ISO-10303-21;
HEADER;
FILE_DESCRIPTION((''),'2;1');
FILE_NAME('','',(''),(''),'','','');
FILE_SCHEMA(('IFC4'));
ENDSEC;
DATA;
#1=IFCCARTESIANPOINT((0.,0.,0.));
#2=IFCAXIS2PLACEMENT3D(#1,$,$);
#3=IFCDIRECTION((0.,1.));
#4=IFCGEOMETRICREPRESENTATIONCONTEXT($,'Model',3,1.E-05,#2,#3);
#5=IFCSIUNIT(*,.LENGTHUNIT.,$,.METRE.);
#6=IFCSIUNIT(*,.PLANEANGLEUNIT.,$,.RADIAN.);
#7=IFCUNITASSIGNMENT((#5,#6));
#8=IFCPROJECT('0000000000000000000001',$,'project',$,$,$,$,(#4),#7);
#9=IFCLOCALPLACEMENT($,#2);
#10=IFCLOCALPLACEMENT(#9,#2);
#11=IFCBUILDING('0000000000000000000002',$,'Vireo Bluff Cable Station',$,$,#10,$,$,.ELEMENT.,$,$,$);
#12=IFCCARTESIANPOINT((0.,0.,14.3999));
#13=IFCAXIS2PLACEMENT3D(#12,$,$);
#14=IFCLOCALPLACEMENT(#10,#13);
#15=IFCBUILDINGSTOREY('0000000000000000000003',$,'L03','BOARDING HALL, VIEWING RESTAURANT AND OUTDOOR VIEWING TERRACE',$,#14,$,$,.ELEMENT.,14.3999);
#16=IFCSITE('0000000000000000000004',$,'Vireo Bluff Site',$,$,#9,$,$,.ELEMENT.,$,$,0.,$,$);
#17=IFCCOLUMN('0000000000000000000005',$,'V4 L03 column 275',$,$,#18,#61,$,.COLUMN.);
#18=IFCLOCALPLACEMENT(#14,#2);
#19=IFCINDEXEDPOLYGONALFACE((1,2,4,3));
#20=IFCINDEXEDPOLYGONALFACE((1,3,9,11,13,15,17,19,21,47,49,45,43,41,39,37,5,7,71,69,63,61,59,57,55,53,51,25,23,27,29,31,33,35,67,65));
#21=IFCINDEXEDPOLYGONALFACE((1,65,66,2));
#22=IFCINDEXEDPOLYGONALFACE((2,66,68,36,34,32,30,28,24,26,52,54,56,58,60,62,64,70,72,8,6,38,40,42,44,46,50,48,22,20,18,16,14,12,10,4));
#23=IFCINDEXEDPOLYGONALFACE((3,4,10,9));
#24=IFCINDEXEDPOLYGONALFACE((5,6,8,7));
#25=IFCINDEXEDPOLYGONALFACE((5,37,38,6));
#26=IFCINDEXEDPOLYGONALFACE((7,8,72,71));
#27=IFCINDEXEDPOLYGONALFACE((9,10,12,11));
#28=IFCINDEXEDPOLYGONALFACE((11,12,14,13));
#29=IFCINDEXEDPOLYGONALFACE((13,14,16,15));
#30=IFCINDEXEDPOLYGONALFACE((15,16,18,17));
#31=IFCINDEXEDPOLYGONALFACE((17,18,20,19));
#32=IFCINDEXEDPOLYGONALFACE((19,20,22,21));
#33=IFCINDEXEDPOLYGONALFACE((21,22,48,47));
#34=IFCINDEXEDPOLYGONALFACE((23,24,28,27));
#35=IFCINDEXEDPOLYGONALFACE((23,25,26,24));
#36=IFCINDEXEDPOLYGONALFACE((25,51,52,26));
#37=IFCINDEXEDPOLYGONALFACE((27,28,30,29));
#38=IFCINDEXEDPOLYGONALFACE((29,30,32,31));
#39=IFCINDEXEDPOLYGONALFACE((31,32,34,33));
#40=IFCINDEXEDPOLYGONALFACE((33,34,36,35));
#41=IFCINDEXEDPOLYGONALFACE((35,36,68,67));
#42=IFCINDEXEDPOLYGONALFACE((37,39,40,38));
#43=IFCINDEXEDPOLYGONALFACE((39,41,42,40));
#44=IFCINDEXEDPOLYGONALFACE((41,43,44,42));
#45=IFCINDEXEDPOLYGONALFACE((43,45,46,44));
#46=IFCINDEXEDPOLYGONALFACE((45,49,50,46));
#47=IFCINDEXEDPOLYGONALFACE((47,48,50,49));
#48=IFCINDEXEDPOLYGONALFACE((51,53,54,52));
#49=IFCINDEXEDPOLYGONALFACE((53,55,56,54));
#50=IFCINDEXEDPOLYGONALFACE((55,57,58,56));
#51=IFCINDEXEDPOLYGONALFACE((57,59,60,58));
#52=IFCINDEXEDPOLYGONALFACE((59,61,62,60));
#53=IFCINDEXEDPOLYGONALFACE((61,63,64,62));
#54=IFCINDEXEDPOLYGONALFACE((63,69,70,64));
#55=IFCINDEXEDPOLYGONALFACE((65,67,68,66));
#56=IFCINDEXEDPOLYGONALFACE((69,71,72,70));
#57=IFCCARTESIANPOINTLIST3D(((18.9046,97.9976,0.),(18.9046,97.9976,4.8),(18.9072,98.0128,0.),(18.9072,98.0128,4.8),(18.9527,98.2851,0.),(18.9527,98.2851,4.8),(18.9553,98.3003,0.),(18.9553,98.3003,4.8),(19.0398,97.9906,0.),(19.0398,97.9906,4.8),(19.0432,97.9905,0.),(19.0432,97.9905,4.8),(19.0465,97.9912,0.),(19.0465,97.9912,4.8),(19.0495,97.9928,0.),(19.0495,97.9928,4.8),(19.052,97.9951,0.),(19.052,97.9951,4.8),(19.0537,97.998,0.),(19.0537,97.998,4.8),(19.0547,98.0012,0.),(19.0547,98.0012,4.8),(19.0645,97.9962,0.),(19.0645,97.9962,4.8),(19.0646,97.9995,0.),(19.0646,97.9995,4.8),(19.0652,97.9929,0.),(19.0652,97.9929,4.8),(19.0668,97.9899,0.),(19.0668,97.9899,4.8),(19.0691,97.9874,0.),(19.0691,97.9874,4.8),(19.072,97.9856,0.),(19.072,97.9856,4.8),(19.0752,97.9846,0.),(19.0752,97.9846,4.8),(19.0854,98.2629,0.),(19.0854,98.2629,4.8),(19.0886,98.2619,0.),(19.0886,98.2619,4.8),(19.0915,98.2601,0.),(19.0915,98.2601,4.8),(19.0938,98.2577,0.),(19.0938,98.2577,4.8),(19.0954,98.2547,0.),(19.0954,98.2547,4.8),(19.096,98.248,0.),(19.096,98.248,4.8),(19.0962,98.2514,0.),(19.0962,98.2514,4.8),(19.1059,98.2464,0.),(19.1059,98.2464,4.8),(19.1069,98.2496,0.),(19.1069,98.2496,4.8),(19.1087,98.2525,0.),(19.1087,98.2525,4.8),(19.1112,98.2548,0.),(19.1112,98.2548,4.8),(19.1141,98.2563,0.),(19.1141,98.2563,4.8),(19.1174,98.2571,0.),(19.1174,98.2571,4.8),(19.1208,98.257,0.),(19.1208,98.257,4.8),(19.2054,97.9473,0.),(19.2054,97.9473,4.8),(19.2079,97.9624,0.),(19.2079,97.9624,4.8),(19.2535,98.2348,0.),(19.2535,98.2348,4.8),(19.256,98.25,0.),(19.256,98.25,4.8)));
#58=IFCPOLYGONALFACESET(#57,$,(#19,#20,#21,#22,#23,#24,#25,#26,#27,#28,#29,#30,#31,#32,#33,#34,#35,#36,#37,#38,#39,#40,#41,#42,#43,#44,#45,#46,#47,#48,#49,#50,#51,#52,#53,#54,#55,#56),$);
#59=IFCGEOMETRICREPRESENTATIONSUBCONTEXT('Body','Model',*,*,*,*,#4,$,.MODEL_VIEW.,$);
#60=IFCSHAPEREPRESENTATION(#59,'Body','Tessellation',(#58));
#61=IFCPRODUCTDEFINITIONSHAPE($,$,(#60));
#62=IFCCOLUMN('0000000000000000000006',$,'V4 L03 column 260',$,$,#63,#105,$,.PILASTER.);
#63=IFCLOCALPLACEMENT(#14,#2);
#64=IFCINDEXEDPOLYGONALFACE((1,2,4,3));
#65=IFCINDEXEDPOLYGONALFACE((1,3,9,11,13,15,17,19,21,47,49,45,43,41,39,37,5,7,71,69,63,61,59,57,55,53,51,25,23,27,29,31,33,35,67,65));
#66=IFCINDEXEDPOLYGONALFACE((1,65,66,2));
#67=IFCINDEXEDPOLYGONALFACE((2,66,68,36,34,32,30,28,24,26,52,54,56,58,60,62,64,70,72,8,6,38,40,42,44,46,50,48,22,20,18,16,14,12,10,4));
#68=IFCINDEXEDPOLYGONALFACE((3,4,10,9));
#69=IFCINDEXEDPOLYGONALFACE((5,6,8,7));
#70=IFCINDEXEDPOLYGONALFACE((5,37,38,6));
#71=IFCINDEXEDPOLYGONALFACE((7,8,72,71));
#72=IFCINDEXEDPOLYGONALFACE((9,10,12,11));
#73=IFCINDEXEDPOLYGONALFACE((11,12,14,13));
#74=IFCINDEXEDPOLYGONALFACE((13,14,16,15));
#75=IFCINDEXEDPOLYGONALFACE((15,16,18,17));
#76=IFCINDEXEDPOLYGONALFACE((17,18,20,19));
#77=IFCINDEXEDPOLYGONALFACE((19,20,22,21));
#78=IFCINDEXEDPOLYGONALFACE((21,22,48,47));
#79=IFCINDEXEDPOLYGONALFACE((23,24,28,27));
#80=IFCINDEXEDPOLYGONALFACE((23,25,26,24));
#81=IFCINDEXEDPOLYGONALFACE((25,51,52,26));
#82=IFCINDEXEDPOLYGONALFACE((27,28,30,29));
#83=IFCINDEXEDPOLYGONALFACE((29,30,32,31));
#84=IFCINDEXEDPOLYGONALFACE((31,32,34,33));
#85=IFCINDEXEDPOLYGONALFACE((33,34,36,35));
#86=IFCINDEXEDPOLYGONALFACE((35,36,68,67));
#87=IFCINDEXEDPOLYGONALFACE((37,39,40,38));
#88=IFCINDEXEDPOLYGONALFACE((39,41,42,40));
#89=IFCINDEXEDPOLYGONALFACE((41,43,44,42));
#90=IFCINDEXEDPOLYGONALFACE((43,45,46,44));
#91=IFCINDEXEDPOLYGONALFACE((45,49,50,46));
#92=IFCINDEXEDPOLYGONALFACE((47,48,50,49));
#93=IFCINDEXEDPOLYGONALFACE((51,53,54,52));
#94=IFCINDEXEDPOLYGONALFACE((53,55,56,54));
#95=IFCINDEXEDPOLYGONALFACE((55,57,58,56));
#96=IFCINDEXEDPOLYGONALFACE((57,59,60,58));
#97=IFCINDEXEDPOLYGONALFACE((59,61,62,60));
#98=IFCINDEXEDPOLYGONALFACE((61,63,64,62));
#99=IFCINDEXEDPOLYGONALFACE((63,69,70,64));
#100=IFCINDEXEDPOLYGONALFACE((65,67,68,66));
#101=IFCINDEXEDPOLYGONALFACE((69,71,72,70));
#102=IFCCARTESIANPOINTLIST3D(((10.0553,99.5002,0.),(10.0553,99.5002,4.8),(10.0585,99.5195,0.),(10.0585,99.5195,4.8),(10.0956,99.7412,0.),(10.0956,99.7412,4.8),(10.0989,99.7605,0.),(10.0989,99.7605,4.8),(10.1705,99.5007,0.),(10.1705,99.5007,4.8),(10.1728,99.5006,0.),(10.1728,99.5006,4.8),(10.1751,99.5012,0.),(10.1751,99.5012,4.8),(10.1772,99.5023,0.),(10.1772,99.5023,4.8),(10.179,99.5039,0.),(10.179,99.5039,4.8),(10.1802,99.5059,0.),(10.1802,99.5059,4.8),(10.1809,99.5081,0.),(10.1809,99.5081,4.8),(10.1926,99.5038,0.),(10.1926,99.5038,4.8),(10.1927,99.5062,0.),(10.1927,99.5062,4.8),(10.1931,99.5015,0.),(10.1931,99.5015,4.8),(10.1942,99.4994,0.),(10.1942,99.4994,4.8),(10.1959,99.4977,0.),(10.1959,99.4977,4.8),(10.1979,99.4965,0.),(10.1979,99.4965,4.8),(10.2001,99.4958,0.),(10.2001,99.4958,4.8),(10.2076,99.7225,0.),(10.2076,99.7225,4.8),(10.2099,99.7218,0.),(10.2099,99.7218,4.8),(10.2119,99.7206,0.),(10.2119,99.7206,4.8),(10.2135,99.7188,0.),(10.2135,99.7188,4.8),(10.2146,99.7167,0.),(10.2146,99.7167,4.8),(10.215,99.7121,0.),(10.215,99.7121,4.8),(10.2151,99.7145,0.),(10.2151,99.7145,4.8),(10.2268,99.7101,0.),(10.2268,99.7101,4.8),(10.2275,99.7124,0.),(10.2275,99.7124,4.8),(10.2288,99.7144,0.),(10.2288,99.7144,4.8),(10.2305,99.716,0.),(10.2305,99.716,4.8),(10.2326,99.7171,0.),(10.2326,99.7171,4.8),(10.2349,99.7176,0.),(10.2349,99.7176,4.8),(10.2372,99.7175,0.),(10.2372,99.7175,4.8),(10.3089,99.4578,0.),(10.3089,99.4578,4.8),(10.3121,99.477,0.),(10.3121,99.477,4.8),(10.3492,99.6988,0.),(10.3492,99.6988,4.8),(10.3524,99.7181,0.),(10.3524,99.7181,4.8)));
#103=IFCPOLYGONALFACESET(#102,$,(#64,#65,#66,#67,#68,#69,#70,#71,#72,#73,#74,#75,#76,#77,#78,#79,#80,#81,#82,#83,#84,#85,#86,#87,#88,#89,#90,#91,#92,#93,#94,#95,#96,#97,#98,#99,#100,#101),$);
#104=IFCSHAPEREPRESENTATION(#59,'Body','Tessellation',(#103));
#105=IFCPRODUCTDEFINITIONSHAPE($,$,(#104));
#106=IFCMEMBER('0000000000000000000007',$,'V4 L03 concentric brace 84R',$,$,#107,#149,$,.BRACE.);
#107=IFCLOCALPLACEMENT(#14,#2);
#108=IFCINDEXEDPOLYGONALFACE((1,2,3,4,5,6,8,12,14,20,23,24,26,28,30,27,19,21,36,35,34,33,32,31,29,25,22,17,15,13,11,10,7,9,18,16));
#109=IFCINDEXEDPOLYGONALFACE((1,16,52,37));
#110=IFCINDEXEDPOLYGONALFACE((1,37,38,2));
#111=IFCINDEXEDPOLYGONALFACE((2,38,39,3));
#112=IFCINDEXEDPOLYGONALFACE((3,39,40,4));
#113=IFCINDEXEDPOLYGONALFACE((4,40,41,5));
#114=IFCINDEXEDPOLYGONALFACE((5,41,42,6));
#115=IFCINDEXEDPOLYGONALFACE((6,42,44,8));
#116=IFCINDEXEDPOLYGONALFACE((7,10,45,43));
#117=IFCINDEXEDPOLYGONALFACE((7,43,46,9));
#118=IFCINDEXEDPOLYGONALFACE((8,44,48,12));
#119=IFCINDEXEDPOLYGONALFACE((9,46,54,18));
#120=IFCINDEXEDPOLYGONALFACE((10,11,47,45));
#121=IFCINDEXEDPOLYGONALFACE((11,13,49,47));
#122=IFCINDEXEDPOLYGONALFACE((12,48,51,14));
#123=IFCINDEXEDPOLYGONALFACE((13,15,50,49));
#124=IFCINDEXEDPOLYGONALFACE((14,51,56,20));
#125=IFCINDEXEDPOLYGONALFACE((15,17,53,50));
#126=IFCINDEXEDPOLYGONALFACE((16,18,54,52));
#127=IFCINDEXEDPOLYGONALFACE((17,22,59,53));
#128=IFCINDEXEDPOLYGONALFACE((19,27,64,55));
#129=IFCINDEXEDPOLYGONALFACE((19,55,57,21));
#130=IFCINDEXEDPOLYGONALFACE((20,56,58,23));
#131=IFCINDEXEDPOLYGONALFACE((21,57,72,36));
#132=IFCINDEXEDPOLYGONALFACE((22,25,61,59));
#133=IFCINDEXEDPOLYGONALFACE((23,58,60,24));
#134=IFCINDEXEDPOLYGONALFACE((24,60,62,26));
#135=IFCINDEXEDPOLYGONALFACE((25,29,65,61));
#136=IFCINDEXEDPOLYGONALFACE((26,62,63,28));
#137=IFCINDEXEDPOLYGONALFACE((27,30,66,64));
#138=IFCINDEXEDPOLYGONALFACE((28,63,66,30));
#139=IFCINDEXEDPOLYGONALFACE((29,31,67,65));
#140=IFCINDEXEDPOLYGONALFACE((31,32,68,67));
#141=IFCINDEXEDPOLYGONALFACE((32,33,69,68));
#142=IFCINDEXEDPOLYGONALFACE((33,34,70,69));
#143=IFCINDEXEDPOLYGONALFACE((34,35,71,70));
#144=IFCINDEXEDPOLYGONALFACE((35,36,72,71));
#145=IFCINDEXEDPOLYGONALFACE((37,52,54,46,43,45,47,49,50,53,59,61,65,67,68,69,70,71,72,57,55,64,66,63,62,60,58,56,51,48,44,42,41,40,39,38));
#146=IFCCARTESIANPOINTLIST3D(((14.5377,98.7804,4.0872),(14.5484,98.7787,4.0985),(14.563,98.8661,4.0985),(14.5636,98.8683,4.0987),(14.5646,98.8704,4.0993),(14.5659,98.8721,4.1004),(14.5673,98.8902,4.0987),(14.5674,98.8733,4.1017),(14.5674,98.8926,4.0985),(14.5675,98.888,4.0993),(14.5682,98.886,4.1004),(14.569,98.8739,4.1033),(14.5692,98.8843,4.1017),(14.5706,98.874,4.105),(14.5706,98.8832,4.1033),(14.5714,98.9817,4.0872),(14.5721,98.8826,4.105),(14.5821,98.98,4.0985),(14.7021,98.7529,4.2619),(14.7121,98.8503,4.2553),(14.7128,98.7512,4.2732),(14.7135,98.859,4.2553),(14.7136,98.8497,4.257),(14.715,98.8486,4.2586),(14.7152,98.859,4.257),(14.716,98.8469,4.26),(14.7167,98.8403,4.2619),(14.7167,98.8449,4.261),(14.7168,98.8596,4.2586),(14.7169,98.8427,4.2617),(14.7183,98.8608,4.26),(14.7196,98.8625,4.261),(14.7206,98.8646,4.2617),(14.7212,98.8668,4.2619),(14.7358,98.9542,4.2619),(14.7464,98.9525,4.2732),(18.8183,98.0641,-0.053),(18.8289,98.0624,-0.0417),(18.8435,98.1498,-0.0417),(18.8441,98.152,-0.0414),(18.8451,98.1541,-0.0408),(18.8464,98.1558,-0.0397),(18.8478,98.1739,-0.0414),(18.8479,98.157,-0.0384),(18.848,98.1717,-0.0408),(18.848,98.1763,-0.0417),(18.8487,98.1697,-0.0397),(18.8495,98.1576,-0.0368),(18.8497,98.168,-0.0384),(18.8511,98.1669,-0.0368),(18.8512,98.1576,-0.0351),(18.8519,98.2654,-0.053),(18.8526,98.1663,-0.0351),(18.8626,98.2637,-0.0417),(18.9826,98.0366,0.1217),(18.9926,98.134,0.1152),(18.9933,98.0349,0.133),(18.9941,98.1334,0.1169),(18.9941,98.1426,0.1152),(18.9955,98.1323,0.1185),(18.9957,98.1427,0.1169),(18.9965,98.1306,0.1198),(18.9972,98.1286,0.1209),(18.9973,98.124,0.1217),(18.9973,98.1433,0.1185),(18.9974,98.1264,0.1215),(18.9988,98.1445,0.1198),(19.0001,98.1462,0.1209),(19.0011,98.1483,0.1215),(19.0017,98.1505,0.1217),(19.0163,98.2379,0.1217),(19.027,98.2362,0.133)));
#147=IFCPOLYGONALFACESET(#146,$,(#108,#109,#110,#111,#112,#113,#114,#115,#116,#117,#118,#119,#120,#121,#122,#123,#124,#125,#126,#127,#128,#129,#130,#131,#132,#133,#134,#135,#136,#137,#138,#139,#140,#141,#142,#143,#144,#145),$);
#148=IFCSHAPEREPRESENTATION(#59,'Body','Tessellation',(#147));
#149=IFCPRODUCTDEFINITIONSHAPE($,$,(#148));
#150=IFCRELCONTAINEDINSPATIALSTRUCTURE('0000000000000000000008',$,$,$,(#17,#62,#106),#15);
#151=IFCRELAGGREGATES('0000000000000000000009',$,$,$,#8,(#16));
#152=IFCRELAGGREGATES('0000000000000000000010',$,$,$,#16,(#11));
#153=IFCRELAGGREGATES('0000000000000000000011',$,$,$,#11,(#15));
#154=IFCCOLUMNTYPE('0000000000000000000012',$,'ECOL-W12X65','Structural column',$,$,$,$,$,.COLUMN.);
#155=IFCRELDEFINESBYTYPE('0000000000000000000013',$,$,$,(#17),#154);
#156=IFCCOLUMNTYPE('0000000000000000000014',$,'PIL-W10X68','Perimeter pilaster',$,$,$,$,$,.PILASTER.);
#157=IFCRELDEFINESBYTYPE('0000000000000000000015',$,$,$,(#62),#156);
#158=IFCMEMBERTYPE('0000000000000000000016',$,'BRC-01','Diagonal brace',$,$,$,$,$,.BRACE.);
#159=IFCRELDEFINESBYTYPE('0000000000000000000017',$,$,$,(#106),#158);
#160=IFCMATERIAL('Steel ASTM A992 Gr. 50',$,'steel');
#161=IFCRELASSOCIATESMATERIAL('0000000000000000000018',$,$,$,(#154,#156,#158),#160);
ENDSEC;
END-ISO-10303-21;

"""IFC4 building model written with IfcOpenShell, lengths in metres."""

from ifc_helpers import new_model, si_unit, direction, frame, origin, origin_2d, place, context, subcontext, project, spatial, i_section, extrude, material, material_profile, profile_set, type_object, element, save


model = new_model("IFC4")

# Units and contexts
model_context = context("Model", 3, precision=1e-05, world=origin(), true_north=direction((0.0, 1.0)))
body_context = subcontext(model_context, "Body", "Model", "MODEL_VIEW")
ifc_project = project(units=[si_unit("LENGTHUNIT", "METRE"), si_unit("PLANEANGLEUNIT", "RADIAN")], contexts=[model_context])

# Site, building, storey
site_placement = place(None, origin())
site = spatial("IfcSite", under=ifc_project, at=site_placement, Name="Vireo Bluff Site", CompositionType="ELEMENT", RefElevation=0.0)
building_placement = place(site_placement, origin())
building = spatial("IfcBuilding", under=site, at=building_placement, Name="Vireo Bluff Cable Station", CompositionType="ELEMENT")
storey_placement = place(building_placement, frame((0.0, 0.0, 14.3999)))
storey = spatial("IfcBuildingStorey", under=building, at=storey_placement, Name="L03", Description="BOARDING HALL, VIEWING RESTAURANT AND OUTDOOR VIEWING TERRACE", CompositionType="ELEMENT", Elevation=14.3999)

# Columns
ifc_material_1 = material(Name="Steel ASTM A992 Gr. 50", Category="steel")
ifc_material_profile_1 = material_profile(ifc_material_1, i_section(OverallWidth=0.3049, OverallDepth=0.3069, WebThickness=0.01, FlangeThickness=0.0154, FilletRadius=0.0129, at=origin_2d()), Name="W12X65")
ifc_profile_set_1 = profile_set([ifc_material_profile_1], Name="Steel ASTM A992 Gr. 50")
column_type_1 = type_object("IfcColumnType", Name="ECOL-W12X65", Description="Structural column", PredefinedType="COLUMN", material=ifc_profile_set_1)
column_1_placement = place(storey_placement, frame((19.0803, 98.1238, 0.0), z_axis=(0.0, 0.0, 1.0), x_axis=(0.986286, -0.165048, 0.0)))
element("IfcColumn", 1, at=column_1_placement, inside=storey, type_object=column_type_1, Name="V4 L03 column 275", PredefinedType="COLUMN", context=body_context, shape_type="SweptSolid", body=[
    extrude(i_section(OverallWidth=0.3049, OverallDepth=0.3069, WebThickness=0.01, FlangeThickness=0.0154, FilletRadius=0.0129, at=origin_2d()), origin(), (0.0, 0.0, 1.0), 4.8),
])
ifc_material_profile_2 = material_profile(ifc_material_1, i_section(OverallWidth=0.2571, OverallDepth=0.2639, WebThickness=0.012, FlangeThickness=0.0195, FilletRadius=0.009, at=origin_2d()), Name="W10X68")
ifc_profile_set_2 = profile_set([ifc_material_profile_2], Name="Steel ASTM A992 Gr. 50")
column_type_2 = type_object("IfcColumnType", Name="PIL-W10X68", Description="Perimeter pilaster", PredefinedType="PILASTER", material=ifc_profile_set_2)
column_2_placement = place(storey_placement, frame((10.2039, 99.6091, 0.0), z_axis=(0.0, 0.0, 1.0), x_axis=(0.986286, -0.165048, 0.0)))
element("IfcColumn", 2, at=column_2_placement, inside=storey, type_object=column_type_2, Name="V4 L03 column 260", PredefinedType="PILASTER", context=body_context, shape_type="SweptSolid", body=[
    extrude(i_section(OverallWidth=0.2571, OverallDepth=0.2639, WebThickness=0.012, FlangeThickness=0.0195, FilletRadius=0.009, at=origin_2d()), origin(), (0.0, 0.0, 1.0), 4.8),
])

# Member
ifc_material_profile_3 = material_profile(ifc_material_1, i_section(OverallWidth=0.2041, OverallDepth=0.2571, WebThickness=0.0088, FlangeThickness=0.0156, FilletRadius=0.009, at=origin_2d()), Name="W10X45")
ifc_profile_set_3 = profile_set([ifc_material_profile_3], Name="Steel ASTM A992 Gr. 50")
member_type_1 = type_object("IfcMemberType", Name="BRC-01", Description="Diagonal brace", PredefinedType="BRACE", material=ifc_profile_set_3)
member_1_placement = place(storey_placement, frame((18.9226, 98.1501, 0.04), z_axis=(-0.713651, 0.119423, 0.690247), x_axis=(-0.165047, -0.986286, 0.0)))
element("IfcMember", 3, at=member_1_placement, inside=storey, type_object=member_type_1, Name="V4 L03 concentric brace 84R", PredefinedType="BRACE", context=body_context, shape_type="SweptSolid", body=[
    extrude(i_section(OverallWidth=0.2041, OverallDepth=0.2571, WebThickness=0.0088, FlangeThickness=0.0156, FilletRadius=0.009, at=origin_2d()), origin(), (0.0, 0.0, 1.0), 5.998),
])

save(model, "model.ifc")
